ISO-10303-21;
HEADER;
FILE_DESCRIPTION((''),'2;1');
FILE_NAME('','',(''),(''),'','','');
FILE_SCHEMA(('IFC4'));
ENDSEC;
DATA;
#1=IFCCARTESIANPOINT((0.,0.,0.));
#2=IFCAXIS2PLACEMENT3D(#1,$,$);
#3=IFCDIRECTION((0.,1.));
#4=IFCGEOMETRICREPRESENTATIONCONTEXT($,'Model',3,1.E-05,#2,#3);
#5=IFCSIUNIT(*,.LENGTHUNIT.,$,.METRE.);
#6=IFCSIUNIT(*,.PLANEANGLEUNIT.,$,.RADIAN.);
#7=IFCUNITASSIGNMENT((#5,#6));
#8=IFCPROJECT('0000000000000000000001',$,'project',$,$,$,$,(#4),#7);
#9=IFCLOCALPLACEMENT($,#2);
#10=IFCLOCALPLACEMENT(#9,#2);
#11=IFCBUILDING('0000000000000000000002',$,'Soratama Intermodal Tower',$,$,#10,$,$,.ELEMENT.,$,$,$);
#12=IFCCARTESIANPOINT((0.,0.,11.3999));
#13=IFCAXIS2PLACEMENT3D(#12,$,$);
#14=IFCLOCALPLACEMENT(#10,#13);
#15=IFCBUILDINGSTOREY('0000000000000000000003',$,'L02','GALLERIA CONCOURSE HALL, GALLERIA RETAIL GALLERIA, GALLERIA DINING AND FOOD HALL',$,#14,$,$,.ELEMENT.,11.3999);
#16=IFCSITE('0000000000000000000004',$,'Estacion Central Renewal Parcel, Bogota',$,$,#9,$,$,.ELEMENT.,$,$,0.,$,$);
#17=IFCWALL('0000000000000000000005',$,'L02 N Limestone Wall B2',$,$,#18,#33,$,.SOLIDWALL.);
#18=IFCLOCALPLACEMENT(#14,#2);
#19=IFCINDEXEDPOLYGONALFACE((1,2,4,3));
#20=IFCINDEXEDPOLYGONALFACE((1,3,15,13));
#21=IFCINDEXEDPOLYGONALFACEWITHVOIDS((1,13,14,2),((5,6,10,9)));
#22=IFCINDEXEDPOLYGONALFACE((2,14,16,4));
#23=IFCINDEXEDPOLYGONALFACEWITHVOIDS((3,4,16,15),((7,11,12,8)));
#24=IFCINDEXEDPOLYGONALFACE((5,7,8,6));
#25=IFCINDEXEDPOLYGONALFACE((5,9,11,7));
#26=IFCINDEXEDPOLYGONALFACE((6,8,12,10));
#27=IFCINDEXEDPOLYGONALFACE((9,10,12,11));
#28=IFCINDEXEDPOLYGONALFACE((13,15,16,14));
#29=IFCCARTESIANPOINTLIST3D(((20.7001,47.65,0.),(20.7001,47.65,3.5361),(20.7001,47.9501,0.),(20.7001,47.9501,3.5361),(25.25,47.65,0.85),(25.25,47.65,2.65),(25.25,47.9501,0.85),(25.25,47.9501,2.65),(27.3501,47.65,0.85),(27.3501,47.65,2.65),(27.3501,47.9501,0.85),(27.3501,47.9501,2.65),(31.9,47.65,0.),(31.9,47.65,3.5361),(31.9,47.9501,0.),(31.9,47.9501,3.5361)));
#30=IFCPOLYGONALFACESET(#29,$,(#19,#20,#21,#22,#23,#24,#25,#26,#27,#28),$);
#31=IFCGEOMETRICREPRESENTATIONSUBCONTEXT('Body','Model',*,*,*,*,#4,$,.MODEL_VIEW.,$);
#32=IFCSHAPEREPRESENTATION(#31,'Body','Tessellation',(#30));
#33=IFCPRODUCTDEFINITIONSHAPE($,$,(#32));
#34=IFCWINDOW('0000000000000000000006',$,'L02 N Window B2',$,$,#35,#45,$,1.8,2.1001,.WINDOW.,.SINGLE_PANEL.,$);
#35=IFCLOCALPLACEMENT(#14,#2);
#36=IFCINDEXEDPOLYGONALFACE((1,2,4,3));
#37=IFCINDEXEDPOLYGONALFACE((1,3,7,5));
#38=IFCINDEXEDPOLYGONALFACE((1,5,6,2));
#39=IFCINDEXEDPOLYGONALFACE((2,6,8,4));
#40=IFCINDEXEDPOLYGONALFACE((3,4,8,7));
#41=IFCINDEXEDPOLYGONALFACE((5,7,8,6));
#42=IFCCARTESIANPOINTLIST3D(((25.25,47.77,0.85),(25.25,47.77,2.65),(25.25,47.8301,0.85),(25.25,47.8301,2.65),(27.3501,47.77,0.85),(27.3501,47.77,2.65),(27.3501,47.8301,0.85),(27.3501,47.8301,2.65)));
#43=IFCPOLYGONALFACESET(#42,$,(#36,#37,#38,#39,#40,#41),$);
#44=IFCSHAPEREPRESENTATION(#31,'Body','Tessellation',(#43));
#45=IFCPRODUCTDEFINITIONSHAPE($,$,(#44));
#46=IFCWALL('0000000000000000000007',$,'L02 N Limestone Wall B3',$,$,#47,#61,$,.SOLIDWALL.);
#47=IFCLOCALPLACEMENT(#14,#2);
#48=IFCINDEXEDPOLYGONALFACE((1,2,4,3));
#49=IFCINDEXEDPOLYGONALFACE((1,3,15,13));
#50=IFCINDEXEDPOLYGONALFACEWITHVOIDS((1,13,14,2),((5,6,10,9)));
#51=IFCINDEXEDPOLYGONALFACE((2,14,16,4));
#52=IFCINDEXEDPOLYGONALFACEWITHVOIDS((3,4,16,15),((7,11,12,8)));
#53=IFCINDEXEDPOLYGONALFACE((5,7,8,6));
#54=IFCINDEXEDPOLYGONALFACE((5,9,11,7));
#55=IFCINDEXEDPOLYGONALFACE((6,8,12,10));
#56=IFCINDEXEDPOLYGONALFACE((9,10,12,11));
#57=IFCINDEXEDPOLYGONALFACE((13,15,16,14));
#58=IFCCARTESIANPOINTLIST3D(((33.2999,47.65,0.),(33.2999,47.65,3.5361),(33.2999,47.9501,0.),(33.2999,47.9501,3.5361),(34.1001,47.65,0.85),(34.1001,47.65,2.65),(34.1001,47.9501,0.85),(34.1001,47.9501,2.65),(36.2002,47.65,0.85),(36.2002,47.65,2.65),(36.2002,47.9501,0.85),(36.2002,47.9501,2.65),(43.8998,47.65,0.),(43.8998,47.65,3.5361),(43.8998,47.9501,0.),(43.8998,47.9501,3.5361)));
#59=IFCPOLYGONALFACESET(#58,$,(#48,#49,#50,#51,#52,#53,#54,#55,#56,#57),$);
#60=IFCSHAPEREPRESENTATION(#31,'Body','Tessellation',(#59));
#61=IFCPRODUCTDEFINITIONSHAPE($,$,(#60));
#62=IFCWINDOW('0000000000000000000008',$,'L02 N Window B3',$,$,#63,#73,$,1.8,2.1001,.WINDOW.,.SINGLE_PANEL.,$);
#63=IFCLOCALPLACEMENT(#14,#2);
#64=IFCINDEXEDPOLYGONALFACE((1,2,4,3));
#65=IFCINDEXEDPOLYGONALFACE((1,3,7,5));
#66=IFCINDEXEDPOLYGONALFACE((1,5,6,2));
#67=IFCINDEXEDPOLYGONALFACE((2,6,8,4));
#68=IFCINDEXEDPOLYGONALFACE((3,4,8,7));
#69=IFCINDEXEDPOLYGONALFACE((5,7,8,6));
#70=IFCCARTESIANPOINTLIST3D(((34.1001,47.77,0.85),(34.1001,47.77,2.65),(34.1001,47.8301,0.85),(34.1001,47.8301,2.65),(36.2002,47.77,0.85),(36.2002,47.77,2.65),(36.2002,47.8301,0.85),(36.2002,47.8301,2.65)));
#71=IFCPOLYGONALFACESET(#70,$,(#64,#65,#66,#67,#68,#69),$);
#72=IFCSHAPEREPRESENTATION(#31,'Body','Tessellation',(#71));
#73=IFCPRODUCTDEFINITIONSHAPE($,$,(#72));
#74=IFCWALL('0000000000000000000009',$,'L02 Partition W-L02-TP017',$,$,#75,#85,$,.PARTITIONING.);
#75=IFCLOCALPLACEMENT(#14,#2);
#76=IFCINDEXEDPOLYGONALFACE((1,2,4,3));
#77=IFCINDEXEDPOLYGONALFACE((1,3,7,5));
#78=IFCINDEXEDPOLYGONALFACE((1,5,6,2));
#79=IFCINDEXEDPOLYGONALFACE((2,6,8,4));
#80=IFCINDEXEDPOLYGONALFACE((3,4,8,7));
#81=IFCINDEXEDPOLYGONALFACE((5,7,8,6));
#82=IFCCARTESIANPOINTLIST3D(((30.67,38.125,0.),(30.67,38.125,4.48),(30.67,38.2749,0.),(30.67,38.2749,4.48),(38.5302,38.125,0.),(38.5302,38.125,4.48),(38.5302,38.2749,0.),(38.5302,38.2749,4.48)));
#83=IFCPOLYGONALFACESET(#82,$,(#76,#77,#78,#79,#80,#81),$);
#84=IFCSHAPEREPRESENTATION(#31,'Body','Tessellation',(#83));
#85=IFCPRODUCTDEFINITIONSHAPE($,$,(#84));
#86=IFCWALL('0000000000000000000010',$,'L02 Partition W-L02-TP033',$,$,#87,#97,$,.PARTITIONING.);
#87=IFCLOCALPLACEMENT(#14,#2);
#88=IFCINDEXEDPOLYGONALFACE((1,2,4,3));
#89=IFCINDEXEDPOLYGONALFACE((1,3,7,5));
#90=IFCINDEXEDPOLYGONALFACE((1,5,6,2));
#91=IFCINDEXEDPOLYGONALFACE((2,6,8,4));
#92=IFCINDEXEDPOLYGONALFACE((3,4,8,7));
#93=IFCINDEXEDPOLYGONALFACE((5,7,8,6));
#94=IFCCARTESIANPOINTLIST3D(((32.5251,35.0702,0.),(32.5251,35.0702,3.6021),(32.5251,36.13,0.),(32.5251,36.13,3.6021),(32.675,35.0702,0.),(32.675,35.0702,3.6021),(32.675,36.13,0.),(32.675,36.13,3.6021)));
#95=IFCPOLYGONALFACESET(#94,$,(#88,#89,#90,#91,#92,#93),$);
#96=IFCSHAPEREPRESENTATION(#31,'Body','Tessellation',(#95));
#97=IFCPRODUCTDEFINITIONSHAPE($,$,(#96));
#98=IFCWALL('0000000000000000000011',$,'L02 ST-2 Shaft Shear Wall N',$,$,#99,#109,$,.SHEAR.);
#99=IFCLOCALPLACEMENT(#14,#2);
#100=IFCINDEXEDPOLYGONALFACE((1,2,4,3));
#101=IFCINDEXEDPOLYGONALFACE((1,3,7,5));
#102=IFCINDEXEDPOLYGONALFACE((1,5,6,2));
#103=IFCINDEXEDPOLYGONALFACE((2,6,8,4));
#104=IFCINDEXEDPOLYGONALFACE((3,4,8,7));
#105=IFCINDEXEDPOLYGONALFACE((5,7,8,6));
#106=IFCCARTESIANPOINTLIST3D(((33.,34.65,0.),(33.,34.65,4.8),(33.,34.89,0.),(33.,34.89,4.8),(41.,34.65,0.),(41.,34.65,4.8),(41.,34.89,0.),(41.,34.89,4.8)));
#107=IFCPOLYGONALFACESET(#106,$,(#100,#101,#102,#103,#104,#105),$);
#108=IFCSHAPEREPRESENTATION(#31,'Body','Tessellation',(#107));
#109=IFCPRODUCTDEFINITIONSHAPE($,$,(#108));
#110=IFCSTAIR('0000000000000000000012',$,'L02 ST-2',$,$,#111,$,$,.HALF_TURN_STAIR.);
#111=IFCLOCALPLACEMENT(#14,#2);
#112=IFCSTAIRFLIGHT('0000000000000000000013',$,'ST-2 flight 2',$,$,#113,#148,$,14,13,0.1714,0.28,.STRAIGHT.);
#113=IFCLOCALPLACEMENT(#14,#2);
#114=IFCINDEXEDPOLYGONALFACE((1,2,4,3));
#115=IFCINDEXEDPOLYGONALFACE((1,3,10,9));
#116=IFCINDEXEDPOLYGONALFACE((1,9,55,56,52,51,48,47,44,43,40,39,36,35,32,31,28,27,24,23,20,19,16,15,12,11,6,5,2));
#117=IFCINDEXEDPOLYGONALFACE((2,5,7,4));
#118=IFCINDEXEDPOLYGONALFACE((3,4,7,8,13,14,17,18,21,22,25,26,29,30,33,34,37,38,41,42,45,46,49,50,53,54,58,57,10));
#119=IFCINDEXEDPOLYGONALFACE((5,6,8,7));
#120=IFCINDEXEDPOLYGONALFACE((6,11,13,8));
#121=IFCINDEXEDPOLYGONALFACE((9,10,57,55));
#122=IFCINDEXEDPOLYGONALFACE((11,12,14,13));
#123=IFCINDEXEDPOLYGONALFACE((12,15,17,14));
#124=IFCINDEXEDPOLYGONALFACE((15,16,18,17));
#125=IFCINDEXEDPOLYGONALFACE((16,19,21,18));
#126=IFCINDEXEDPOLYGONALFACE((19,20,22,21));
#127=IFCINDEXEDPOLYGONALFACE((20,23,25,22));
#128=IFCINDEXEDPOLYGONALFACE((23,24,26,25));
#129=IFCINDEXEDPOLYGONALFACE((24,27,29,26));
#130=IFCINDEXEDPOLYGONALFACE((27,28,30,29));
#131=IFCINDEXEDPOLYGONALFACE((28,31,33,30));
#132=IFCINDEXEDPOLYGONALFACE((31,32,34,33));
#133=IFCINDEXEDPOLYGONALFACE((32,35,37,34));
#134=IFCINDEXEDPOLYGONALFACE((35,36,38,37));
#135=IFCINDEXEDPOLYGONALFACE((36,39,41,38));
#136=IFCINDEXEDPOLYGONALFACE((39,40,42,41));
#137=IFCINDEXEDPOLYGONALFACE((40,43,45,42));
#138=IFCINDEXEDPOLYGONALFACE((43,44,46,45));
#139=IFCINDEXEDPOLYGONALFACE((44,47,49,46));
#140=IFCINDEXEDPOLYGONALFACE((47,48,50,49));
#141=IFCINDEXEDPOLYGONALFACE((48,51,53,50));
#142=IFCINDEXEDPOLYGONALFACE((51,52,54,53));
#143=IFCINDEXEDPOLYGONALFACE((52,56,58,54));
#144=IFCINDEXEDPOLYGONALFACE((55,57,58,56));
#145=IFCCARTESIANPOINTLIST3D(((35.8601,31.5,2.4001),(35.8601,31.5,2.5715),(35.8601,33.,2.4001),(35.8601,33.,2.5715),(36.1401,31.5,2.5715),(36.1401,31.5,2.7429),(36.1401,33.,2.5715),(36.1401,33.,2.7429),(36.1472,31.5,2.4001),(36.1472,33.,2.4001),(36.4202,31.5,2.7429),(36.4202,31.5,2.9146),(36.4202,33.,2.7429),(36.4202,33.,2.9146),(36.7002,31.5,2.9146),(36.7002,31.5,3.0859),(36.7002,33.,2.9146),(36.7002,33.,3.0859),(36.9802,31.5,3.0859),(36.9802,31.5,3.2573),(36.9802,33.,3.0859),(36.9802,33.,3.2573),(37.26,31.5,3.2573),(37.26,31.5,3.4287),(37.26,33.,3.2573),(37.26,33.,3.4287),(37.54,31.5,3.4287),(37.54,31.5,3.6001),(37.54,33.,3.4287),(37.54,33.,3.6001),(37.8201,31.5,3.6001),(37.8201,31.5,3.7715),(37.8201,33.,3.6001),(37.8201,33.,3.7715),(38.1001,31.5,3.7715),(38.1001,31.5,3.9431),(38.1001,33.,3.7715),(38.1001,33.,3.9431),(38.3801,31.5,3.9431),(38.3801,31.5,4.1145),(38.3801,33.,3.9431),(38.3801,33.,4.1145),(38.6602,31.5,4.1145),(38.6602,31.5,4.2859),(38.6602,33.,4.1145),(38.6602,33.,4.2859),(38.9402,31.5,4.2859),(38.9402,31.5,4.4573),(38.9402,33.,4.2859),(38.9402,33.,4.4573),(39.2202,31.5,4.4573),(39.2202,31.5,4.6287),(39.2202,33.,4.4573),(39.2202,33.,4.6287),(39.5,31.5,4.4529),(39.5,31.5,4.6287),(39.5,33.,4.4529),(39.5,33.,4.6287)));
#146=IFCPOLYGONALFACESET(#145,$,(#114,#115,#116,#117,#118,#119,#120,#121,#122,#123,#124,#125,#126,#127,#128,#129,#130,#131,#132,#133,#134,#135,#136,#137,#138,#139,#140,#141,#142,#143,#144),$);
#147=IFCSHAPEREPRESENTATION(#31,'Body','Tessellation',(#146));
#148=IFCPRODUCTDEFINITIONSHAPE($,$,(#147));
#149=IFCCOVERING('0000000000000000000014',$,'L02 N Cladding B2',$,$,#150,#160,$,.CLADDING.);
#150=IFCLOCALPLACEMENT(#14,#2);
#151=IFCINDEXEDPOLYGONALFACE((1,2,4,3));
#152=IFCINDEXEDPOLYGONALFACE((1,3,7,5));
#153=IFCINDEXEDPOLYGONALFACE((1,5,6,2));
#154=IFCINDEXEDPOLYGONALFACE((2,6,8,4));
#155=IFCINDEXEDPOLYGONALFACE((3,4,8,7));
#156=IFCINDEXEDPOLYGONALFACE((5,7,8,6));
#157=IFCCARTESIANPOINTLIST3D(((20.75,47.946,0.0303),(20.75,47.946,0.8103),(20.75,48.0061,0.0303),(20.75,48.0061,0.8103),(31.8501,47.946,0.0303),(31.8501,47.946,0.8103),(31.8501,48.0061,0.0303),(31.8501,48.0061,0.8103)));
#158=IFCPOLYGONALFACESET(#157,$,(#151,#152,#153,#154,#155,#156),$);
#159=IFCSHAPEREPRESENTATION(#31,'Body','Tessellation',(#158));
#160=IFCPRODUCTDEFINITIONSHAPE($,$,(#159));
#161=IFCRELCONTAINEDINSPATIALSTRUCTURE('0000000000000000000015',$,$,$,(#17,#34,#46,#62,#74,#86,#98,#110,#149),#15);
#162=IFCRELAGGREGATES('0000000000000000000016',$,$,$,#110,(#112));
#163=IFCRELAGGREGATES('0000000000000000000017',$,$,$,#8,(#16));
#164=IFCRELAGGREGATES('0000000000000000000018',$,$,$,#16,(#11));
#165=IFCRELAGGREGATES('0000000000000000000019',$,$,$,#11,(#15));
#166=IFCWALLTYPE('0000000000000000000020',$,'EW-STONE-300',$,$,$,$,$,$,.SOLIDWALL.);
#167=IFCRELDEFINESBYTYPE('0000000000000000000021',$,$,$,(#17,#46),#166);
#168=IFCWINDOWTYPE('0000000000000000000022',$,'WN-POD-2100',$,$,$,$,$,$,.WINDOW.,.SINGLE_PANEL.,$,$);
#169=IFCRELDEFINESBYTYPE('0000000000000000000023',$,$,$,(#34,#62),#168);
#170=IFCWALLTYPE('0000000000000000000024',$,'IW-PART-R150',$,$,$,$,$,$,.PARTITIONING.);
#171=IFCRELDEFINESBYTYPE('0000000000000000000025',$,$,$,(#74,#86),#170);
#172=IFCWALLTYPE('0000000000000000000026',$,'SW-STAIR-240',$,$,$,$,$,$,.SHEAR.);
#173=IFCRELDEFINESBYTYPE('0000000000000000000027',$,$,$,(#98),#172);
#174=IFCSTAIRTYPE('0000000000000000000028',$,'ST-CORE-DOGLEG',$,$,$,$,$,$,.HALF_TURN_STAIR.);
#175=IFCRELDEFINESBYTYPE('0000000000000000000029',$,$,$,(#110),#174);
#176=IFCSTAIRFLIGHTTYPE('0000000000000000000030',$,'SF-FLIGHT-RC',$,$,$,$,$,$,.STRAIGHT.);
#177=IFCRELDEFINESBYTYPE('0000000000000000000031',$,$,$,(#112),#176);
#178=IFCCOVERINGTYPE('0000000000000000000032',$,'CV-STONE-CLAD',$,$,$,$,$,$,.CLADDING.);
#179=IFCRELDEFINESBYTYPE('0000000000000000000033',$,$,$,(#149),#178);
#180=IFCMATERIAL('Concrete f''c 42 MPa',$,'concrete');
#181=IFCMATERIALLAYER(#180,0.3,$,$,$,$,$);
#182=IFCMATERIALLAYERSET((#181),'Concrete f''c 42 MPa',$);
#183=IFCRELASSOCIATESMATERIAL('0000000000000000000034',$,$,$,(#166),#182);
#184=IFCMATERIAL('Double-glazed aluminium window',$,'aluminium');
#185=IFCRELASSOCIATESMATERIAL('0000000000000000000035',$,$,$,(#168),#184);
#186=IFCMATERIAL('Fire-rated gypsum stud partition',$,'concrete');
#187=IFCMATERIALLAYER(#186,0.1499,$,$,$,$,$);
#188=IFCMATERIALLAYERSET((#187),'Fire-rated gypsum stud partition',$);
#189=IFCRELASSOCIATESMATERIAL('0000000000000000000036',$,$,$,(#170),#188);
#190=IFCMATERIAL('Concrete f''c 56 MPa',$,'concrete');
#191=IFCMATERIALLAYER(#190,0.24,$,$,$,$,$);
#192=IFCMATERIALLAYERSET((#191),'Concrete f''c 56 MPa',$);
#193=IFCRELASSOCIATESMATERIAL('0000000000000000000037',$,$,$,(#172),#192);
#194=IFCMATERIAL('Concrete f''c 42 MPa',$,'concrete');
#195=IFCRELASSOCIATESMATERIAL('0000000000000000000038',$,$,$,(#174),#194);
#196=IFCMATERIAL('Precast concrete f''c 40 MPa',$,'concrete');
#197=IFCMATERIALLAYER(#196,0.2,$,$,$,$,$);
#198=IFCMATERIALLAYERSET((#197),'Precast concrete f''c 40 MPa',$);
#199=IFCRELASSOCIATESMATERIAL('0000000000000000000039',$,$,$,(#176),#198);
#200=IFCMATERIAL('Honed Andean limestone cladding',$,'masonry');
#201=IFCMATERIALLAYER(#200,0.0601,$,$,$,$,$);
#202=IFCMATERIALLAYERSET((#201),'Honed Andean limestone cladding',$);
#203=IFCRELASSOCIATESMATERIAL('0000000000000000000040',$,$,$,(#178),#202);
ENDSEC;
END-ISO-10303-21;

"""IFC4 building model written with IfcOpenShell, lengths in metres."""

from ifc_helpers import new_model, si_unit, direction, frame, frame_2d, origin, origin_2d, place, context, subcontext, project, spatial, polyline, rectangle, outline, extrude, material, layer, layer_set, type_object, element, fill, aggregate, save


model = new_model("IFC4")

# Units and contexts
model_context = context("Model", 3, precision=1e-05, world=origin(), true_north=direction((0.0, 1.0)))
body_context = subcontext(model_context, "Body", "Model", "MODEL_VIEW")
ifc_project = project(units=[si_unit("LENGTHUNIT", "METRE"), si_unit("PLANEANGLEUNIT", "RADIAN")], contexts=[model_context])

# Site, building, storey
site_placement = place(None, origin())
site = spatial("IfcSite", under=ifc_project, at=site_placement, Name="Estacion Central Renewal Parcel, Bogota", CompositionType="ELEMENT", RefElevation=0.0)
building_placement = place(site_placement, origin())
building = spatial("IfcBuilding", under=site, at=building_placement, Name="Soratama Intermodal Tower", CompositionType="ELEMENT")
storey_placement = place(building_placement, frame((0.0, 0.0, 11.3999)))
storey = spatial("IfcBuildingStorey", under=building, at=storey_placement, Name="L02", Description="GALLERIA CONCOURSE HALL, GALLERIA RETAIL GALLERIA, GALLERIA DINING AND FOOD HALL", CompositionType="ELEMENT", Elevation=11.3999)

# Walls, openings, windows
ifc_material_1 = material(Name="Concrete f'c 42 MPa", Category="concrete")
ifc_layer_1 = layer(ifc_material_1, 0.3)
ifc_layer_set_1 = layer_set([ifc_layer_1], Name="Concrete f'c 42 MPa")
wall_type_1 = type_object("IfcWallType", Name="EW-STONE-300", PredefinedType="SOLIDWALL", material=ifc_layer_set_1)
wall_1_placement = place(storey_placement, frame((20.7, 47.8, 0.0), z_axis=(0.0, 0.0, 1.0), x_axis=(1.0, 0.0, 0.0)))
wall_1 = element("IfcWall", 1, at=wall_1_placement, inside=storey, type_object=wall_type_1, Name="L02 N Limestone Wall B2", PredefinedType="SOLIDWALL", context=body_context, shape_type="SweptSolid", body=[
    extrude(rectangle(XDim=11.2, YDim=0.3, at=frame_2d((5.6001, 0.0))), origin(), (0.0, 0.0, 1.0), 3.5361),
])
opening_1_placement = place(wall_1_placement, frame((4.55, 0.0, 0.8501)))
opening_1 = element("IfcOpeningElement", 2, at=opening_1_placement, cuts=wall_1, PredefinedType="OPENING", context=body_context, shape_type="SweptSolid", body=[
    extrude(rectangle(XDim=2.1001, YDim=1.8, at=frame_2d((1.05, 0.8999))), frame((0.0, 0.1599, 0.0), z_axis=(0.0, -1.0, 0.0), x_axis=(1.0, 0.0, 0.0)), (0.0, 0.0, 1.0), 0.3201),
])
ifc_material_2 = material(Name="Double-glazed aluminium window", Category="aluminium")
window_type = type_object("IfcWindowType", Name="WN-POD-2100", PartitioningType="SINGLE_PANEL", PredefinedType="WINDOW", material=ifc_material_2)
window_1_placement = place(opening_1_placement, origin())
window_1 = element("IfcWindow", 3, at=window_1_placement, inside=storey, type_object=window_type, Name="L02 N Window B2", OverallHeight=1.8, OverallWidth=2.1001, PartitioningType="SINGLE_PANEL", PredefinedType="WINDOW", context=body_context, shape_type="SweptSolid", body=[
    extrude(rectangle(XDim=2.1001, YDim=1.8, at=frame_2d((1.05, 0.8999))), frame((0.0, 0.03, 0.0), z_axis=(0.0, -1.0, 0.0), x_axis=(1.0, 0.0, 0.0)), (0.0, 0.0, 1.0), 0.0601),
])
fill(opening_1, window_1)
wall_2_placement = place(storey_placement, frame((33.3, 47.8, 0.0), z_axis=(0.0, 0.0, 1.0), x_axis=(1.0, 0.0, 0.0)))
wall_2 = element("IfcWall", 4, at=wall_2_placement, inside=storey, type_object=wall_type_1, Name="L02 N Limestone Wall B3", PredefinedType="SOLIDWALL", context=body_context, shape_type="SweptSolid", body=[
    extrude(rectangle(XDim=10.5999, YDim=0.3, at=frame_2d((5.2998, 0.0))), origin(), (0.0, 0.0, 1.0), 3.5361),
])
opening_2_placement = place(wall_2_placement, frame((0.8, 0.0, 0.8501)))
opening_2 = element("IfcOpeningElement", 5, at=opening_2_placement, cuts=wall_2, PredefinedType="OPENING", context=body_context, shape_type="SweptSolid", body=[
    extrude(rectangle(XDim=2.1001, YDim=1.8, at=frame_2d((1.05, 0.8999))), frame((0.0, 0.1599, 0.0), z_axis=(0.0, -1.0, 0.0), x_axis=(1.0, 0.0, 0.0)), (0.0, 0.0, 1.0), 0.3201),
])
window_2_placement = place(opening_2_placement, origin())
window_2 = element("IfcWindow", 6, at=window_2_placement, inside=storey, type_object=window_type, Name="L02 N Window B3", OverallHeight=1.8, OverallWidth=2.1001, PartitioningType="SINGLE_PANEL", PredefinedType="WINDOW", context=body_context, shape_type="SweptSolid", body=[
    extrude(rectangle(XDim=2.1001, YDim=1.8, at=frame_2d((1.05, 0.8999))), frame((0.0, 0.03, 0.0), z_axis=(0.0, -1.0, 0.0), x_axis=(1.0, 0.0, 0.0)), (0.0, 0.0, 1.0), 0.0601),
])
fill(opening_2, window_2)

# Walls
ifc_material_3 = material(Name="Fire-rated gypsum stud partition", Category="concrete")
ifc_layer_2 = layer(ifc_material_3, 0.1499)
ifc_layer_set_2 = layer_set([ifc_layer_2], Name="Fire-rated gypsum stud partition")
wall_type_2 = type_object("IfcWallType", Name="IW-PART-R150", PredefinedType="PARTITIONING", material=ifc_layer_set_2)
wall_3_placement = place(storey_placement, frame((30.6699, 38.2, 0.0), z_axis=(0.0, 0.0, 1.0), x_axis=(1.0, 0.0, 0.0)))
element("IfcWall", 7, at=wall_3_placement, inside=storey, type_object=wall_type_2, Name="L02 Partition W-L02-TP017", PredefinedType="PARTITIONING", context=body_context, shape_type="SweptSolid", body=[
    extrude(rectangle(XDim=7.8601, YDim=0.1499, at=frame_2d((3.9302, 0.0))), origin(), (0.0, 0.0, 1.0), 4.48),
])
wall_4_placement = place(storey_placement, frame((32.6001, 36.1299, 0.0), z_axis=(0.0, 0.0, 1.0), x_axis=(0.0, -1.0, 0.0)))
element("IfcWall", 8, at=wall_4_placement, inside=storey, type_object=wall_type_2, Name="L02 Partition W-L02-TP033", PredefinedType="PARTITIONING", context=body_context, shape_type="SweptSolid", body=[
    extrude(rectangle(XDim=1.0598, YDim=0.1499, at=frame_2d((0.5298, 0.0))), origin(), (0.0, 0.0, 1.0), 3.6021),
])
ifc_material_4 = material(Name="Concrete f'c 56 MPa", Category="concrete")
ifc_layer_3 = layer(ifc_material_4, 0.24)
ifc_layer_set_3 = layer_set([ifc_layer_3], Name="Concrete f'c 56 MPa")
wall_type_3 = type_object("IfcWallType", Name="SW-STAIR-240", PredefinedType="SHEAR", material=ifc_layer_set_3)
wall_5_placement = place(storey_placement, frame((33.0, 34.77, 0.0), z_axis=(0.0, 0.0, 1.0), x_axis=(1.0, 0.0, 0.0)))
element("IfcWall", 9, at=wall_5_placement, inside=storey, type_object=wall_type_3, Name="L02 ST-2 Shaft Shear Wall N", PredefinedType="SHEAR", context=body_context, shape_type="SweptSolid", body=[
    extrude(rectangle(XDim=8.0, YDim=0.24, at=frame_2d((4.0, 0.0))), origin(), (0.0, 0.0, 1.0), 4.8),
])

# Stair, stair flight
ifc_material_5 = material(Name="Concrete f'c 42 MPa", Category="concrete")
stair_type = type_object("IfcStairType", Name="ST-CORE-DOGLEG", PredefinedType="HALF_TURN_STAIR", material=ifc_material_5)
stair_placement = place(storey_placement, origin())
stair = element("IfcStair", 10, at=stair_placement, inside=storey, type_object=stair_type, Name="L02 ST-2", PredefinedType="HALF_TURN_STAIR")
ifc_material_6 = material(Name="Precast concrete f'c 40 MPa", Category="concrete")
ifc_layer_4 = layer(ifc_material_6, 0.2)
ifc_layer_set_4 = layer_set([ifc_layer_4], Name="Precast concrete f'c 40 MPa")
stair_flight_type = type_object("IfcStairFlightType", Name="SF-FLIGHT-RC", PredefinedType="STRAIGHT", material=ifc_layer_set_4)
stair_flight_placement = place(storey_placement, frame((35.8601, 32.25, 2.4001), z_axis=(0.0, 0.0, 1.0), x_axis=(1.0, 0.0, 0.0)))
stair_flight = element("IfcStairFlight", 11, at=stair_flight_placement, type_object=stair_flight_type, Name="ST-2 flight 2", NumberOfRisers=14, NumberOfTreads=13, PredefinedType="STRAIGHT", RiserHeight=0.1714, TreadLength=0.28, context=body_context, shape_type="SweptSolid", body=[
    extrude(outline(polyline([(0.0, 0.0), (0.0, 0.1714), (0.28, 0.1714), (0.28, 0.3428), (0.5601, 0.3428), (0.5601, 0.5144), (0.8401, 0.5144), (0.8401, 0.6858), (1.1201, 0.6858), (1.1201, 0.8572), (1.3999, 0.8572), (1.3999, 1.0286), (1.6799, 1.0286), (1.6799, 1.2), (1.96, 1.2), (1.96, 1.3713), (2.24, 1.3713), (2.24, 1.543), (2.52, 1.543), (2.52, 1.7144), (2.8, 1.7144), (2.8, 1.8857), (3.0801, 1.8857), (3.0801, 2.0571), (3.3601, 2.0571), (3.3601, 2.2285), (3.6399, 2.2285), (3.6399, 2.3999), (3.6399, 2.0527), (0.2871, 0.0), (0.0, 0.0)])), frame((0.0, 0.75, 0.0), z_axis=(0.0, -1.0, 0.0), x_axis=(1.0, 0.0, 0.0)), (0.0, 0.0, 1.0), 1.5),
])
aggregate(stair, [stair_flight])

# Covering
ifc_material_7 = material(Name="Honed Andean limestone cladding", Category="masonry")
ifc_layer_5 = layer(ifc_material_7, 0.0601)
ifc_layer_set_5 = layer_set([ifc_layer_5], Name="Honed Andean limestone cladding")
covering_type = type_object("IfcCoveringType", Name="CV-STONE-CLAD", PredefinedType="CLADDING", material=ifc_layer_set_5)
covering_placement = place(storey_placement, frame((26.3, 47.9761, 0.0303), z_axis=(0.0, 0.0, 1.0), x_axis=(1.0, 0.0, 0.0)))
element("IfcCovering", 12, at=covering_placement, inside=storey, type_object=covering_type, Name="L02 N Cladding B2", PredefinedType="CLADDING", context=body_context, shape_type="SweptSolid", body=[
    extrude(rectangle(XDim=11.1001, YDim=0.0601, at=origin_2d()), origin(), (0.0, 0.0, 1.0), 0.78),
])

save(model, "model.ifc")
